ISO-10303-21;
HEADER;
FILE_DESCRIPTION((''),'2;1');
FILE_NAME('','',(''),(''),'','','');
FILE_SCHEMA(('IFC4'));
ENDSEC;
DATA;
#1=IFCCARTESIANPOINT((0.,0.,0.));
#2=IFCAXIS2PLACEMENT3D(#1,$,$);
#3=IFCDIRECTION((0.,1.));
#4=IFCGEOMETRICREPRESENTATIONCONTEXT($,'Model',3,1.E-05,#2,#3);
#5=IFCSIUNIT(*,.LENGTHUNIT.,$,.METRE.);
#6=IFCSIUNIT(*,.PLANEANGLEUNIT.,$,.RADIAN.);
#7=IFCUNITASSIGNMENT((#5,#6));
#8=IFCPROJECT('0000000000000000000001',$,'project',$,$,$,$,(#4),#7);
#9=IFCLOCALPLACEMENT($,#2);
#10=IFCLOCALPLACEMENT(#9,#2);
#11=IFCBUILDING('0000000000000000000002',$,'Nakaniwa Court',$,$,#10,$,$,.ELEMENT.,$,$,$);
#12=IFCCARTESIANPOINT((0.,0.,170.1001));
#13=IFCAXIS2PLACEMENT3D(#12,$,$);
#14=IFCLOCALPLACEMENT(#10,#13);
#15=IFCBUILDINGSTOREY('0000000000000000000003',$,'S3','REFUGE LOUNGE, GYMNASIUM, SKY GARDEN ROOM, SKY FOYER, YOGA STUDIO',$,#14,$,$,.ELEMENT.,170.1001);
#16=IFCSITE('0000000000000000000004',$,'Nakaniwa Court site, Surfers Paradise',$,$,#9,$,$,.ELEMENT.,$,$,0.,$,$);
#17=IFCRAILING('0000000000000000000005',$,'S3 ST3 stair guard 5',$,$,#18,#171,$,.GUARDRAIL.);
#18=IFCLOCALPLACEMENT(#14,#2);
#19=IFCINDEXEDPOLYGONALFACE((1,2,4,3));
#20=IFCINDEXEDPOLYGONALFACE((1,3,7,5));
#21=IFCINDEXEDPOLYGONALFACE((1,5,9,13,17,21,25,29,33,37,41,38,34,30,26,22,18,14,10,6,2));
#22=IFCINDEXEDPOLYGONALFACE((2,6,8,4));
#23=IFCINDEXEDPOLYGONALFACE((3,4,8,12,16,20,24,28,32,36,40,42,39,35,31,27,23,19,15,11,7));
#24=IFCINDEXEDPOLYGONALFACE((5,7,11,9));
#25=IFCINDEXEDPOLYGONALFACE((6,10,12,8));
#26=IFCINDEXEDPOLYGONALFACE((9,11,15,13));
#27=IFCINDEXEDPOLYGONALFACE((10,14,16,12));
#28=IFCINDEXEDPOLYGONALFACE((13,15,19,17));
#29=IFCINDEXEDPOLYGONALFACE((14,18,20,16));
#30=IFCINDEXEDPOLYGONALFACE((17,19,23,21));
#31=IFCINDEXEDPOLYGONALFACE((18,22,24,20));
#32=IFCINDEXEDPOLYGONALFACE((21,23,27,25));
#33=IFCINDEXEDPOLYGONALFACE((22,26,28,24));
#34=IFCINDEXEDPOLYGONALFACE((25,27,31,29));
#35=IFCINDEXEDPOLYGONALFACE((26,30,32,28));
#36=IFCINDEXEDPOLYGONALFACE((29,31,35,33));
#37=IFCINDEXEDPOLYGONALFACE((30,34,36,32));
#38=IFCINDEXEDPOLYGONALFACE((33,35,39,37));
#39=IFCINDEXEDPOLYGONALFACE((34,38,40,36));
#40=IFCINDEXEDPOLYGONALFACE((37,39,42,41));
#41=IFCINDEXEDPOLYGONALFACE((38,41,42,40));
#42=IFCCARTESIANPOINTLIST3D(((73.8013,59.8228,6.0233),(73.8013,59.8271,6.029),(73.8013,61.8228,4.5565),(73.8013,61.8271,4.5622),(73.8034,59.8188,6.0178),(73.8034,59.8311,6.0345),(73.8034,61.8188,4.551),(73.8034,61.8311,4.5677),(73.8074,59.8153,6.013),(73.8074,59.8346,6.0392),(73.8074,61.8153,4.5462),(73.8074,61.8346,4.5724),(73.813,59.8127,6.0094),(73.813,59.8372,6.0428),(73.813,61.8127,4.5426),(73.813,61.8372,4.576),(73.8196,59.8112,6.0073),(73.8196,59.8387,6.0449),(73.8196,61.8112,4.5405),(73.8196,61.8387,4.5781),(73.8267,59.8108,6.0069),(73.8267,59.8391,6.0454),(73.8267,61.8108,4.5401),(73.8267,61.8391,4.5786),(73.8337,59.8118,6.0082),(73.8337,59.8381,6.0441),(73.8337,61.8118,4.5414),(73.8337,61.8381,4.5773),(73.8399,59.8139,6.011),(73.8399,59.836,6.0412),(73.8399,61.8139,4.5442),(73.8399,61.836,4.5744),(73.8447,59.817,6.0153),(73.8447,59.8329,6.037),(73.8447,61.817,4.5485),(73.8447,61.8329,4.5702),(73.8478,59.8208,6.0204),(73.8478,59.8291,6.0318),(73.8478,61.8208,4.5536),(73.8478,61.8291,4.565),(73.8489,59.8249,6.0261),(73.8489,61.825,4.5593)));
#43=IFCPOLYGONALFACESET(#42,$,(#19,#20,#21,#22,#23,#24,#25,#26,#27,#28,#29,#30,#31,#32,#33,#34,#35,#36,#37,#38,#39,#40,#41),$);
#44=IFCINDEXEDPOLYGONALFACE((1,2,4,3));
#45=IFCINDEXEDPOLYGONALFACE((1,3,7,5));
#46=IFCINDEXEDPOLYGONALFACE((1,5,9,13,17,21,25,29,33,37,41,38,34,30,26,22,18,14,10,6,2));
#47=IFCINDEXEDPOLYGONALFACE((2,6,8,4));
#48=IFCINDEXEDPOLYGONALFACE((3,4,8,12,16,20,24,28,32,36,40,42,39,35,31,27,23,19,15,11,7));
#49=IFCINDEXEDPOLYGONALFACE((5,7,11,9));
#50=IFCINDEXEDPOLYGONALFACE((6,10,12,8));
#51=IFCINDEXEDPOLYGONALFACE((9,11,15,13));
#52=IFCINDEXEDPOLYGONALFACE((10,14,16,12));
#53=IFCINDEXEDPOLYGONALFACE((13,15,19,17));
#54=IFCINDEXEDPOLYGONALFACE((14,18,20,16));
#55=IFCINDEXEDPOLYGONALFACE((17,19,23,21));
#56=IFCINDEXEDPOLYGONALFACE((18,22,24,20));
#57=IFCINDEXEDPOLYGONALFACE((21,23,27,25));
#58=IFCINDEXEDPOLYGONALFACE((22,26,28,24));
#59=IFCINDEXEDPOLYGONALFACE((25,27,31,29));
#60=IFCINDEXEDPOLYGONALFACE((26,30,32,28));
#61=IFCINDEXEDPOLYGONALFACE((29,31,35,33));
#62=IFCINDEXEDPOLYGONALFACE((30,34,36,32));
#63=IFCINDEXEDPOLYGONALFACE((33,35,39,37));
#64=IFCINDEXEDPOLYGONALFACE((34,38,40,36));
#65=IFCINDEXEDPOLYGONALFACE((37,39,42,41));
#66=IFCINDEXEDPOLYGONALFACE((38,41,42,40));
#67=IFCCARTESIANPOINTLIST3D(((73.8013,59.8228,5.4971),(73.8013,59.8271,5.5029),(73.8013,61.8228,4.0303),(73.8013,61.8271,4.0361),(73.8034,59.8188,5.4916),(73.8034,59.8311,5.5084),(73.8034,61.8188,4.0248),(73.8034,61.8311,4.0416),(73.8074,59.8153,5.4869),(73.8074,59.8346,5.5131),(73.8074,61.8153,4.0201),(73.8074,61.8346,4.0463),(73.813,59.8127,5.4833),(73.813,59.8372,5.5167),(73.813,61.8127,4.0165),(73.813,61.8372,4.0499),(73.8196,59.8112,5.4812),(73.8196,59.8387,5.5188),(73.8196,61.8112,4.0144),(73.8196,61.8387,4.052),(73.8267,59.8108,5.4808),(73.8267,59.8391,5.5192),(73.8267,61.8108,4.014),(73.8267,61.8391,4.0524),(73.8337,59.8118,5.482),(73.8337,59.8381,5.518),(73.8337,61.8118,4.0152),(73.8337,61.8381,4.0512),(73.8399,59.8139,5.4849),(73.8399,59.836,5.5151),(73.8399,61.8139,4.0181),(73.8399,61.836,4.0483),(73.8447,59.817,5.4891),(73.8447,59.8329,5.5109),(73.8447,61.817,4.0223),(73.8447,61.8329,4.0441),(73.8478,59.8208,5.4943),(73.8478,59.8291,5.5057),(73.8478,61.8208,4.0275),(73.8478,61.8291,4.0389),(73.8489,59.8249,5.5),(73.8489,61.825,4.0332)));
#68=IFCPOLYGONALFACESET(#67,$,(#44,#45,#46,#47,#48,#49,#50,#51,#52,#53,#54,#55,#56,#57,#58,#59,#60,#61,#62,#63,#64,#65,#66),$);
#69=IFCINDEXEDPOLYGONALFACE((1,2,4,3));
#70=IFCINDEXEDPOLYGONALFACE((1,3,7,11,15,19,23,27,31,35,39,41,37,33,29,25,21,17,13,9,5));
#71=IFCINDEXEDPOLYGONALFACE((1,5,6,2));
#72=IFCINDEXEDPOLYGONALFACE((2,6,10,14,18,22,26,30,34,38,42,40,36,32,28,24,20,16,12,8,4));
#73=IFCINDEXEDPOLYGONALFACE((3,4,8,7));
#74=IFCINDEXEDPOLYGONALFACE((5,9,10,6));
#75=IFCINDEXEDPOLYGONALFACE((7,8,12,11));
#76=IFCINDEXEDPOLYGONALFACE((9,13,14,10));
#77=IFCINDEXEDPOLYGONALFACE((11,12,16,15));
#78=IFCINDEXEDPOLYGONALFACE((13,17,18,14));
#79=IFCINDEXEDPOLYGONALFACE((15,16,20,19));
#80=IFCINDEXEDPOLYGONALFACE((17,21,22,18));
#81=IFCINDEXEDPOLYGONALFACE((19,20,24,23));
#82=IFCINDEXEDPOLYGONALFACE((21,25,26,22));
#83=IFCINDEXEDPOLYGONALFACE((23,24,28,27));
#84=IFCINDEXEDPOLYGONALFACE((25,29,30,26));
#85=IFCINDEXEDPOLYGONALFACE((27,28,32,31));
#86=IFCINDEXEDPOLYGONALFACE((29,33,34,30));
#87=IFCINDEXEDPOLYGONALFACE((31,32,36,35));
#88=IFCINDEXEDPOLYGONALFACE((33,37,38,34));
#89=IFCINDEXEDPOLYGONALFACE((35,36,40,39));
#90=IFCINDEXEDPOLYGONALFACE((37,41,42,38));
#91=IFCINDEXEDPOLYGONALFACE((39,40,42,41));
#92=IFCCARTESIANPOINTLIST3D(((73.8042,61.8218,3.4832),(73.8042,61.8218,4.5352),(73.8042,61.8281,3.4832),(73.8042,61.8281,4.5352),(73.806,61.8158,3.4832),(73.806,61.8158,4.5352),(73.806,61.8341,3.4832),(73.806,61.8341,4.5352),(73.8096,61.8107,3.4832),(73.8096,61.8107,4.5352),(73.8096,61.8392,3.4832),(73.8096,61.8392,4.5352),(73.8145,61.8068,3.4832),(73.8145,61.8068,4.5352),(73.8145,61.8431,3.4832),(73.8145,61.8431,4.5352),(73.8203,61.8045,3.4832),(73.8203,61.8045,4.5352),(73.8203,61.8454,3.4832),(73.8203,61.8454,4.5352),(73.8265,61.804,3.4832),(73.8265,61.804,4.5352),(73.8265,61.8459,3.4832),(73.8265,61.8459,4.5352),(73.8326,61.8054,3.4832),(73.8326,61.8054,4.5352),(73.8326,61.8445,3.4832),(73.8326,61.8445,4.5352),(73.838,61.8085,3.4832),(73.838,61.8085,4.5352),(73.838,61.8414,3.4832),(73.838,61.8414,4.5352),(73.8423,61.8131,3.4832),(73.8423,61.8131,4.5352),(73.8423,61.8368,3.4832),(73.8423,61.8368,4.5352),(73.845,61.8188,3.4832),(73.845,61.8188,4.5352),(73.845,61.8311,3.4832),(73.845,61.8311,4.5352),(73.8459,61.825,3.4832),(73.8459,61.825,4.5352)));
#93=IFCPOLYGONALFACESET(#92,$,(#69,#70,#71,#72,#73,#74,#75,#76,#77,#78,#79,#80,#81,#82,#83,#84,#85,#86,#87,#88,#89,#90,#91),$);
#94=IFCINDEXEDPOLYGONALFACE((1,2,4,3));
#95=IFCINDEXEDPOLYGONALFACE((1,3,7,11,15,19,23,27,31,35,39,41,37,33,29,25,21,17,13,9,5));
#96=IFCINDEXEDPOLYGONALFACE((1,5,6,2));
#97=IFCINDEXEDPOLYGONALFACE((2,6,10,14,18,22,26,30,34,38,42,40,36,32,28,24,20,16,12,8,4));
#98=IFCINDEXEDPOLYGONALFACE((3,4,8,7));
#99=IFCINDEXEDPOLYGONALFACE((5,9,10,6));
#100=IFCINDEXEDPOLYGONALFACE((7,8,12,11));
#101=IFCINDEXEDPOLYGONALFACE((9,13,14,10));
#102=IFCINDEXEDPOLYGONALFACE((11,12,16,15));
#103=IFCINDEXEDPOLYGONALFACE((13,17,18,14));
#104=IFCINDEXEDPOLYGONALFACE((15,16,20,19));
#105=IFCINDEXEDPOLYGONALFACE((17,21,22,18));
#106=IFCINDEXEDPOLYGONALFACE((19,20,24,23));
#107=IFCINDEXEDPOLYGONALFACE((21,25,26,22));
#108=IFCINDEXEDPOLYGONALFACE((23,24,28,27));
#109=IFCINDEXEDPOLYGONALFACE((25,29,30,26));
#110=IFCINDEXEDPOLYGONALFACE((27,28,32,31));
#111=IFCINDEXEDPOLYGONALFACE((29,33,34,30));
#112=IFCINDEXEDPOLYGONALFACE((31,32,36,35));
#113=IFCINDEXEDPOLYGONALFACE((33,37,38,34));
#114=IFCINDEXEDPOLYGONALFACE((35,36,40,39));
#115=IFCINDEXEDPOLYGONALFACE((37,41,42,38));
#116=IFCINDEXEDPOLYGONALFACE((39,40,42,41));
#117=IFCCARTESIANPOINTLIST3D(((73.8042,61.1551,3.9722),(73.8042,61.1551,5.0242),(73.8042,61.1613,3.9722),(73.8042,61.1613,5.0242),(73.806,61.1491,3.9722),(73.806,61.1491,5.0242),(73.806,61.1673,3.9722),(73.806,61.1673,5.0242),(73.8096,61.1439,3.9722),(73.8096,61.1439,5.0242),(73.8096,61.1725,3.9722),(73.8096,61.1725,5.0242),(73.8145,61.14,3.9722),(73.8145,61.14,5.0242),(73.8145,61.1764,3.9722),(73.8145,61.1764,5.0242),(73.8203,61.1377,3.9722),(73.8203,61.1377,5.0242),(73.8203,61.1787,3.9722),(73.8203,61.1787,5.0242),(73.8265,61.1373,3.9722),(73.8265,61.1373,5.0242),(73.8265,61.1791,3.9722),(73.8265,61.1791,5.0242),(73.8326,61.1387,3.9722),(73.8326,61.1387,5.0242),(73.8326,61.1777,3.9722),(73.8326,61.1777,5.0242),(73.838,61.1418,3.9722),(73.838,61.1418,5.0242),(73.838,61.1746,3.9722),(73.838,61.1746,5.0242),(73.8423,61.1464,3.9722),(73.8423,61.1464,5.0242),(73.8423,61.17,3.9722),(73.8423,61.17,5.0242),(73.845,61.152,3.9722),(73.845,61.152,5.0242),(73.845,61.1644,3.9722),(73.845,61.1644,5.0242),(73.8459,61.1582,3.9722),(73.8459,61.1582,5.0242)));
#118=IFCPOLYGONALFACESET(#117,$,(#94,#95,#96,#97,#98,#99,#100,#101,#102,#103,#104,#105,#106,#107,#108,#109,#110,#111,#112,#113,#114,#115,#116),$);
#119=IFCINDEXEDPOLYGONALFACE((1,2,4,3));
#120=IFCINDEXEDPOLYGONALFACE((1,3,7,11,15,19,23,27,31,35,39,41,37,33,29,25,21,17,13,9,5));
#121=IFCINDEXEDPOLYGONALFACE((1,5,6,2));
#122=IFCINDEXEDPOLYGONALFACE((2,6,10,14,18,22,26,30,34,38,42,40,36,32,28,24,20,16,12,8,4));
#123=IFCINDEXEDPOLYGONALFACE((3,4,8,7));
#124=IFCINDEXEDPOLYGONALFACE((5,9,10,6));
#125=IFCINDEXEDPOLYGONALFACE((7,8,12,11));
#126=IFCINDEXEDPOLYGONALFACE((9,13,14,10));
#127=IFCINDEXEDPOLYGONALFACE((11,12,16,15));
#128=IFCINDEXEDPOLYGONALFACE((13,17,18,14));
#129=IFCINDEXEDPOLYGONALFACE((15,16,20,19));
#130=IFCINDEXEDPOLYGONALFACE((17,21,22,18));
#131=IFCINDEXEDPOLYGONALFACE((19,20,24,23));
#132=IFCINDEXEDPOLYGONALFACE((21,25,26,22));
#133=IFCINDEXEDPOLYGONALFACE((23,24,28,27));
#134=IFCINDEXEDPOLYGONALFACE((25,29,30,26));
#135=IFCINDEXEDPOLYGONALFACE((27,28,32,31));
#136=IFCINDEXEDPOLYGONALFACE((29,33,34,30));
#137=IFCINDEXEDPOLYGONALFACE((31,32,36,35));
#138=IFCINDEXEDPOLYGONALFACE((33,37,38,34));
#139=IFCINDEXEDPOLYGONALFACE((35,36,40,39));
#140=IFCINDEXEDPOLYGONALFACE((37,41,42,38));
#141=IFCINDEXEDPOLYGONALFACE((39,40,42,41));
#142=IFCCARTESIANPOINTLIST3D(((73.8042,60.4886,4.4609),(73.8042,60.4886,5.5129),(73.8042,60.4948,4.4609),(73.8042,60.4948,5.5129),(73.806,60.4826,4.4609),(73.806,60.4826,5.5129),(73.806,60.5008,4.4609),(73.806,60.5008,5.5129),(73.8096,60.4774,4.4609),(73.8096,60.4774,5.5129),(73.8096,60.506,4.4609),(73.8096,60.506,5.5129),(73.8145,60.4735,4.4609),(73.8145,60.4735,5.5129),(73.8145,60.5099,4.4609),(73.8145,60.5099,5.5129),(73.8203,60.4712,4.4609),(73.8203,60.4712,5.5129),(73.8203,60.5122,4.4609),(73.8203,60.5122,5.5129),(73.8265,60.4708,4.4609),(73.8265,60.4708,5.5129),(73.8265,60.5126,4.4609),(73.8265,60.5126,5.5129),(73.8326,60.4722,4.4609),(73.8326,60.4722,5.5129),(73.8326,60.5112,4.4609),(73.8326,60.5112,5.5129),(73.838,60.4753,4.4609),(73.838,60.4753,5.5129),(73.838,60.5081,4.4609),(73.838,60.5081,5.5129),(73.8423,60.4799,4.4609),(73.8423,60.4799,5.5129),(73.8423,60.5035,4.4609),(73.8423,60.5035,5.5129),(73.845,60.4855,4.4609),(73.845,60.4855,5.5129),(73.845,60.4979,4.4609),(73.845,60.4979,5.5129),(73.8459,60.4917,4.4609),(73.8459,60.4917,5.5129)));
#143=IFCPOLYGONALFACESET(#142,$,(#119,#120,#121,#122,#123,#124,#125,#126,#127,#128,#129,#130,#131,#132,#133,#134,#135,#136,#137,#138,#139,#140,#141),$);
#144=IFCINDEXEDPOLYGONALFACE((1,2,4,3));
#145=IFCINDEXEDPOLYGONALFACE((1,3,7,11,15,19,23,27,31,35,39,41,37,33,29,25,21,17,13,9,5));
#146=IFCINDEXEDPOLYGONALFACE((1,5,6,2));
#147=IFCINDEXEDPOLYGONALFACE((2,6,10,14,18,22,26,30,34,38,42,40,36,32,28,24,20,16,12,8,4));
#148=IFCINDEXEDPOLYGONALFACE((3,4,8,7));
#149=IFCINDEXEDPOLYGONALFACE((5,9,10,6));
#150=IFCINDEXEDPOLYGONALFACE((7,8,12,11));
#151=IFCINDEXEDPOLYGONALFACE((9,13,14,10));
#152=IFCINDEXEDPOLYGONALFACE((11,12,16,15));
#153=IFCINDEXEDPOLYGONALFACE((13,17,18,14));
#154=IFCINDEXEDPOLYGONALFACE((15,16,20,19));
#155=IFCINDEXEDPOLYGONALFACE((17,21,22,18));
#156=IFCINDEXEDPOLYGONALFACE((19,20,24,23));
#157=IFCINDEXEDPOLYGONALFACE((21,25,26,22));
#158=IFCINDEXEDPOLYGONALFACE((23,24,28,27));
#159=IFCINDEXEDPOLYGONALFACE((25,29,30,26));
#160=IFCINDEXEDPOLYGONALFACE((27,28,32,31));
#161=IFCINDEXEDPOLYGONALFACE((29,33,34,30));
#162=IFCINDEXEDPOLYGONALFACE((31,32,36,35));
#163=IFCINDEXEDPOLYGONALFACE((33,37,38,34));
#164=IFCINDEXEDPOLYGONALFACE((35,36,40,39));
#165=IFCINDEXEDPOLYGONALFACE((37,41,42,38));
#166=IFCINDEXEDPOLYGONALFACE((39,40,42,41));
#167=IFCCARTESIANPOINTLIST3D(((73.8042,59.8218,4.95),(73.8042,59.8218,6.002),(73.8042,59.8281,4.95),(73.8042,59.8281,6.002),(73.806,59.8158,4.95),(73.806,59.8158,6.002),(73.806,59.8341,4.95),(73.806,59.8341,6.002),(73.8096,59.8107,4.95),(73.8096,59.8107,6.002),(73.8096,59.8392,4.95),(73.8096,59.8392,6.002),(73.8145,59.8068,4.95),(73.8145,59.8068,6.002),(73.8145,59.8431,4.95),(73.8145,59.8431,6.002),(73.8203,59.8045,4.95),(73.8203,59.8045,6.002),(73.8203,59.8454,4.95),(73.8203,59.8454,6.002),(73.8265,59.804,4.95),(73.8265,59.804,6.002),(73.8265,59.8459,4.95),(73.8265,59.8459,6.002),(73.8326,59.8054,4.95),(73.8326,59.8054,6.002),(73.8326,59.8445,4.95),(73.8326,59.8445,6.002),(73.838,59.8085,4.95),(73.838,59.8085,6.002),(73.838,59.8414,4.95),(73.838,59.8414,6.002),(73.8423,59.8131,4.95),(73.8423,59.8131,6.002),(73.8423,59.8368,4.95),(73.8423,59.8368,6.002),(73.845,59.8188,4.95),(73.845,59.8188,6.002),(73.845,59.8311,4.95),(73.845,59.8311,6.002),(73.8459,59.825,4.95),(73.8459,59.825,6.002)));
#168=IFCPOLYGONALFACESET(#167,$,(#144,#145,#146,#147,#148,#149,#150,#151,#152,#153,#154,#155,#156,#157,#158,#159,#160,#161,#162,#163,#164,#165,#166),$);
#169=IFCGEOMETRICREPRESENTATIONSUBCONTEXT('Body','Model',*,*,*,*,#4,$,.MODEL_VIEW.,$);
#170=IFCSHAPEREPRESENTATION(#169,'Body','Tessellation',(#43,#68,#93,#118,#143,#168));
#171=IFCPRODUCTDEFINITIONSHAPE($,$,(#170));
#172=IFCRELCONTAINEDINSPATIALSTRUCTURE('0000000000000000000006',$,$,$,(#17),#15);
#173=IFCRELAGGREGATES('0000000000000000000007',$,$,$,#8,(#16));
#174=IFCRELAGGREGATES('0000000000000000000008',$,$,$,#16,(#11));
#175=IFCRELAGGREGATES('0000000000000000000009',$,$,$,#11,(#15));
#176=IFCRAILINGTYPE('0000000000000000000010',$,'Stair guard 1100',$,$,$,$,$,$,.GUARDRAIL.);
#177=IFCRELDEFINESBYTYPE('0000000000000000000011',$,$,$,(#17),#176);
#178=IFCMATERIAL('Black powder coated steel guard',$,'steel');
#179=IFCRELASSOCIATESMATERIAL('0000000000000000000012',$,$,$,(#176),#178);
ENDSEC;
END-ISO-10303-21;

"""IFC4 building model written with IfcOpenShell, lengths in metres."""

from ifc_helpers import new_model, si_unit, direction, frame, origin, origin_2d, place, context, subcontext, project, spatial, circle, extrude, material, type_object, element, save


model = new_model("IFC4")

# Units and contexts
model_context = context("Model", 3, precision=1e-05, world=origin(), true_north=direction((0.0, 1.0)))
body_context = subcontext(model_context, "Body", "Model", "MODEL_VIEW")
ifc_project = project(units=[si_unit("LENGTHUNIT", "METRE"), si_unit("PLANEANGLEUNIT", "RADIAN")], contexts=[model_context])

# Site, building, storey
site_placement = place(None, origin())
site = spatial("IfcSite", under=ifc_project, at=site_placement, Name="Nakaniwa Court site, Surfers Paradise", CompositionType="ELEMENT", RefElevation=0.0)
building_placement = place(site_placement, origin())
building = spatial("IfcBuilding", under=site, at=building_placement, Name="Nakaniwa Court", CompositionType="ELEMENT")
storey_placement = place(building_placement, frame((0.0, 0.0, 170.1001)))
storey = spatial("IfcBuildingStorey", under=building, at=storey_placement, Name="S3", Description="REFUGE LOUNGE, GYMNASIUM, SKY GARDEN ROOM, SKY FOYER, YOGA STUDIO", CompositionType="ELEMENT", Elevation=170.1001)

# Railing
ifc_material_1 = material(Name="Black powder coated steel guard", Category="steel")
railing_type_1 = type_object("IfcRailingType", Name="Stair guard 1100", PredefinedType="GUARDRAIL", material=ifc_material_1)
railing_1_placement = place(storey_placement, frame((73.825, 61.825, 3.4832)))
element("IfcRailing", 1, at=railing_1_placement, inside=storey, type_object=railing_type_1, Name="S3 ST3 stair guard 5", PredefinedType="GUARDRAIL", context=body_context, shape_type="SweptSolid", body=[
    extrude(circle(Radius=0.0239, at=origin_2d()), frame((0.0, 0.0, 1.0762), z_axis=(0.0, -0.80638, 0.591398), x_axis=(1.0, 0.0, 0.0)), (0.0, 0.0, 1.0), 2.4802),
    extrude(circle(Radius=0.0239, at=origin_2d()), frame((0.0, 0.0, 0.55), z_axis=(0.0, -0.80638, 0.591398), x_axis=(1.0, 0.0, 0.0)), (0.0, 0.0, 1.0), 2.4802),
    extrude(circle(Radius=0.021, at=origin_2d()), origin(), (0.0, 0.0, 1.0), 1.052),
    extrude(circle(Radius=0.021, at=origin_2d()), frame((0.0, -0.6667, 0.489)), (0.0, 0.0, 1.0), 1.052),
    extrude(circle(Radius=0.021, at=origin_2d()), frame((0.0, -1.3333, 0.9778)), (0.0, 0.0, 1.0), 1.052),
    extrude(circle(Radius=0.021, at=origin_2d()), frame((0.0, -2.0, 1.4668)), (0.0, 0.0, 1.0), 1.052),
])

save(model, "model.ifc")
